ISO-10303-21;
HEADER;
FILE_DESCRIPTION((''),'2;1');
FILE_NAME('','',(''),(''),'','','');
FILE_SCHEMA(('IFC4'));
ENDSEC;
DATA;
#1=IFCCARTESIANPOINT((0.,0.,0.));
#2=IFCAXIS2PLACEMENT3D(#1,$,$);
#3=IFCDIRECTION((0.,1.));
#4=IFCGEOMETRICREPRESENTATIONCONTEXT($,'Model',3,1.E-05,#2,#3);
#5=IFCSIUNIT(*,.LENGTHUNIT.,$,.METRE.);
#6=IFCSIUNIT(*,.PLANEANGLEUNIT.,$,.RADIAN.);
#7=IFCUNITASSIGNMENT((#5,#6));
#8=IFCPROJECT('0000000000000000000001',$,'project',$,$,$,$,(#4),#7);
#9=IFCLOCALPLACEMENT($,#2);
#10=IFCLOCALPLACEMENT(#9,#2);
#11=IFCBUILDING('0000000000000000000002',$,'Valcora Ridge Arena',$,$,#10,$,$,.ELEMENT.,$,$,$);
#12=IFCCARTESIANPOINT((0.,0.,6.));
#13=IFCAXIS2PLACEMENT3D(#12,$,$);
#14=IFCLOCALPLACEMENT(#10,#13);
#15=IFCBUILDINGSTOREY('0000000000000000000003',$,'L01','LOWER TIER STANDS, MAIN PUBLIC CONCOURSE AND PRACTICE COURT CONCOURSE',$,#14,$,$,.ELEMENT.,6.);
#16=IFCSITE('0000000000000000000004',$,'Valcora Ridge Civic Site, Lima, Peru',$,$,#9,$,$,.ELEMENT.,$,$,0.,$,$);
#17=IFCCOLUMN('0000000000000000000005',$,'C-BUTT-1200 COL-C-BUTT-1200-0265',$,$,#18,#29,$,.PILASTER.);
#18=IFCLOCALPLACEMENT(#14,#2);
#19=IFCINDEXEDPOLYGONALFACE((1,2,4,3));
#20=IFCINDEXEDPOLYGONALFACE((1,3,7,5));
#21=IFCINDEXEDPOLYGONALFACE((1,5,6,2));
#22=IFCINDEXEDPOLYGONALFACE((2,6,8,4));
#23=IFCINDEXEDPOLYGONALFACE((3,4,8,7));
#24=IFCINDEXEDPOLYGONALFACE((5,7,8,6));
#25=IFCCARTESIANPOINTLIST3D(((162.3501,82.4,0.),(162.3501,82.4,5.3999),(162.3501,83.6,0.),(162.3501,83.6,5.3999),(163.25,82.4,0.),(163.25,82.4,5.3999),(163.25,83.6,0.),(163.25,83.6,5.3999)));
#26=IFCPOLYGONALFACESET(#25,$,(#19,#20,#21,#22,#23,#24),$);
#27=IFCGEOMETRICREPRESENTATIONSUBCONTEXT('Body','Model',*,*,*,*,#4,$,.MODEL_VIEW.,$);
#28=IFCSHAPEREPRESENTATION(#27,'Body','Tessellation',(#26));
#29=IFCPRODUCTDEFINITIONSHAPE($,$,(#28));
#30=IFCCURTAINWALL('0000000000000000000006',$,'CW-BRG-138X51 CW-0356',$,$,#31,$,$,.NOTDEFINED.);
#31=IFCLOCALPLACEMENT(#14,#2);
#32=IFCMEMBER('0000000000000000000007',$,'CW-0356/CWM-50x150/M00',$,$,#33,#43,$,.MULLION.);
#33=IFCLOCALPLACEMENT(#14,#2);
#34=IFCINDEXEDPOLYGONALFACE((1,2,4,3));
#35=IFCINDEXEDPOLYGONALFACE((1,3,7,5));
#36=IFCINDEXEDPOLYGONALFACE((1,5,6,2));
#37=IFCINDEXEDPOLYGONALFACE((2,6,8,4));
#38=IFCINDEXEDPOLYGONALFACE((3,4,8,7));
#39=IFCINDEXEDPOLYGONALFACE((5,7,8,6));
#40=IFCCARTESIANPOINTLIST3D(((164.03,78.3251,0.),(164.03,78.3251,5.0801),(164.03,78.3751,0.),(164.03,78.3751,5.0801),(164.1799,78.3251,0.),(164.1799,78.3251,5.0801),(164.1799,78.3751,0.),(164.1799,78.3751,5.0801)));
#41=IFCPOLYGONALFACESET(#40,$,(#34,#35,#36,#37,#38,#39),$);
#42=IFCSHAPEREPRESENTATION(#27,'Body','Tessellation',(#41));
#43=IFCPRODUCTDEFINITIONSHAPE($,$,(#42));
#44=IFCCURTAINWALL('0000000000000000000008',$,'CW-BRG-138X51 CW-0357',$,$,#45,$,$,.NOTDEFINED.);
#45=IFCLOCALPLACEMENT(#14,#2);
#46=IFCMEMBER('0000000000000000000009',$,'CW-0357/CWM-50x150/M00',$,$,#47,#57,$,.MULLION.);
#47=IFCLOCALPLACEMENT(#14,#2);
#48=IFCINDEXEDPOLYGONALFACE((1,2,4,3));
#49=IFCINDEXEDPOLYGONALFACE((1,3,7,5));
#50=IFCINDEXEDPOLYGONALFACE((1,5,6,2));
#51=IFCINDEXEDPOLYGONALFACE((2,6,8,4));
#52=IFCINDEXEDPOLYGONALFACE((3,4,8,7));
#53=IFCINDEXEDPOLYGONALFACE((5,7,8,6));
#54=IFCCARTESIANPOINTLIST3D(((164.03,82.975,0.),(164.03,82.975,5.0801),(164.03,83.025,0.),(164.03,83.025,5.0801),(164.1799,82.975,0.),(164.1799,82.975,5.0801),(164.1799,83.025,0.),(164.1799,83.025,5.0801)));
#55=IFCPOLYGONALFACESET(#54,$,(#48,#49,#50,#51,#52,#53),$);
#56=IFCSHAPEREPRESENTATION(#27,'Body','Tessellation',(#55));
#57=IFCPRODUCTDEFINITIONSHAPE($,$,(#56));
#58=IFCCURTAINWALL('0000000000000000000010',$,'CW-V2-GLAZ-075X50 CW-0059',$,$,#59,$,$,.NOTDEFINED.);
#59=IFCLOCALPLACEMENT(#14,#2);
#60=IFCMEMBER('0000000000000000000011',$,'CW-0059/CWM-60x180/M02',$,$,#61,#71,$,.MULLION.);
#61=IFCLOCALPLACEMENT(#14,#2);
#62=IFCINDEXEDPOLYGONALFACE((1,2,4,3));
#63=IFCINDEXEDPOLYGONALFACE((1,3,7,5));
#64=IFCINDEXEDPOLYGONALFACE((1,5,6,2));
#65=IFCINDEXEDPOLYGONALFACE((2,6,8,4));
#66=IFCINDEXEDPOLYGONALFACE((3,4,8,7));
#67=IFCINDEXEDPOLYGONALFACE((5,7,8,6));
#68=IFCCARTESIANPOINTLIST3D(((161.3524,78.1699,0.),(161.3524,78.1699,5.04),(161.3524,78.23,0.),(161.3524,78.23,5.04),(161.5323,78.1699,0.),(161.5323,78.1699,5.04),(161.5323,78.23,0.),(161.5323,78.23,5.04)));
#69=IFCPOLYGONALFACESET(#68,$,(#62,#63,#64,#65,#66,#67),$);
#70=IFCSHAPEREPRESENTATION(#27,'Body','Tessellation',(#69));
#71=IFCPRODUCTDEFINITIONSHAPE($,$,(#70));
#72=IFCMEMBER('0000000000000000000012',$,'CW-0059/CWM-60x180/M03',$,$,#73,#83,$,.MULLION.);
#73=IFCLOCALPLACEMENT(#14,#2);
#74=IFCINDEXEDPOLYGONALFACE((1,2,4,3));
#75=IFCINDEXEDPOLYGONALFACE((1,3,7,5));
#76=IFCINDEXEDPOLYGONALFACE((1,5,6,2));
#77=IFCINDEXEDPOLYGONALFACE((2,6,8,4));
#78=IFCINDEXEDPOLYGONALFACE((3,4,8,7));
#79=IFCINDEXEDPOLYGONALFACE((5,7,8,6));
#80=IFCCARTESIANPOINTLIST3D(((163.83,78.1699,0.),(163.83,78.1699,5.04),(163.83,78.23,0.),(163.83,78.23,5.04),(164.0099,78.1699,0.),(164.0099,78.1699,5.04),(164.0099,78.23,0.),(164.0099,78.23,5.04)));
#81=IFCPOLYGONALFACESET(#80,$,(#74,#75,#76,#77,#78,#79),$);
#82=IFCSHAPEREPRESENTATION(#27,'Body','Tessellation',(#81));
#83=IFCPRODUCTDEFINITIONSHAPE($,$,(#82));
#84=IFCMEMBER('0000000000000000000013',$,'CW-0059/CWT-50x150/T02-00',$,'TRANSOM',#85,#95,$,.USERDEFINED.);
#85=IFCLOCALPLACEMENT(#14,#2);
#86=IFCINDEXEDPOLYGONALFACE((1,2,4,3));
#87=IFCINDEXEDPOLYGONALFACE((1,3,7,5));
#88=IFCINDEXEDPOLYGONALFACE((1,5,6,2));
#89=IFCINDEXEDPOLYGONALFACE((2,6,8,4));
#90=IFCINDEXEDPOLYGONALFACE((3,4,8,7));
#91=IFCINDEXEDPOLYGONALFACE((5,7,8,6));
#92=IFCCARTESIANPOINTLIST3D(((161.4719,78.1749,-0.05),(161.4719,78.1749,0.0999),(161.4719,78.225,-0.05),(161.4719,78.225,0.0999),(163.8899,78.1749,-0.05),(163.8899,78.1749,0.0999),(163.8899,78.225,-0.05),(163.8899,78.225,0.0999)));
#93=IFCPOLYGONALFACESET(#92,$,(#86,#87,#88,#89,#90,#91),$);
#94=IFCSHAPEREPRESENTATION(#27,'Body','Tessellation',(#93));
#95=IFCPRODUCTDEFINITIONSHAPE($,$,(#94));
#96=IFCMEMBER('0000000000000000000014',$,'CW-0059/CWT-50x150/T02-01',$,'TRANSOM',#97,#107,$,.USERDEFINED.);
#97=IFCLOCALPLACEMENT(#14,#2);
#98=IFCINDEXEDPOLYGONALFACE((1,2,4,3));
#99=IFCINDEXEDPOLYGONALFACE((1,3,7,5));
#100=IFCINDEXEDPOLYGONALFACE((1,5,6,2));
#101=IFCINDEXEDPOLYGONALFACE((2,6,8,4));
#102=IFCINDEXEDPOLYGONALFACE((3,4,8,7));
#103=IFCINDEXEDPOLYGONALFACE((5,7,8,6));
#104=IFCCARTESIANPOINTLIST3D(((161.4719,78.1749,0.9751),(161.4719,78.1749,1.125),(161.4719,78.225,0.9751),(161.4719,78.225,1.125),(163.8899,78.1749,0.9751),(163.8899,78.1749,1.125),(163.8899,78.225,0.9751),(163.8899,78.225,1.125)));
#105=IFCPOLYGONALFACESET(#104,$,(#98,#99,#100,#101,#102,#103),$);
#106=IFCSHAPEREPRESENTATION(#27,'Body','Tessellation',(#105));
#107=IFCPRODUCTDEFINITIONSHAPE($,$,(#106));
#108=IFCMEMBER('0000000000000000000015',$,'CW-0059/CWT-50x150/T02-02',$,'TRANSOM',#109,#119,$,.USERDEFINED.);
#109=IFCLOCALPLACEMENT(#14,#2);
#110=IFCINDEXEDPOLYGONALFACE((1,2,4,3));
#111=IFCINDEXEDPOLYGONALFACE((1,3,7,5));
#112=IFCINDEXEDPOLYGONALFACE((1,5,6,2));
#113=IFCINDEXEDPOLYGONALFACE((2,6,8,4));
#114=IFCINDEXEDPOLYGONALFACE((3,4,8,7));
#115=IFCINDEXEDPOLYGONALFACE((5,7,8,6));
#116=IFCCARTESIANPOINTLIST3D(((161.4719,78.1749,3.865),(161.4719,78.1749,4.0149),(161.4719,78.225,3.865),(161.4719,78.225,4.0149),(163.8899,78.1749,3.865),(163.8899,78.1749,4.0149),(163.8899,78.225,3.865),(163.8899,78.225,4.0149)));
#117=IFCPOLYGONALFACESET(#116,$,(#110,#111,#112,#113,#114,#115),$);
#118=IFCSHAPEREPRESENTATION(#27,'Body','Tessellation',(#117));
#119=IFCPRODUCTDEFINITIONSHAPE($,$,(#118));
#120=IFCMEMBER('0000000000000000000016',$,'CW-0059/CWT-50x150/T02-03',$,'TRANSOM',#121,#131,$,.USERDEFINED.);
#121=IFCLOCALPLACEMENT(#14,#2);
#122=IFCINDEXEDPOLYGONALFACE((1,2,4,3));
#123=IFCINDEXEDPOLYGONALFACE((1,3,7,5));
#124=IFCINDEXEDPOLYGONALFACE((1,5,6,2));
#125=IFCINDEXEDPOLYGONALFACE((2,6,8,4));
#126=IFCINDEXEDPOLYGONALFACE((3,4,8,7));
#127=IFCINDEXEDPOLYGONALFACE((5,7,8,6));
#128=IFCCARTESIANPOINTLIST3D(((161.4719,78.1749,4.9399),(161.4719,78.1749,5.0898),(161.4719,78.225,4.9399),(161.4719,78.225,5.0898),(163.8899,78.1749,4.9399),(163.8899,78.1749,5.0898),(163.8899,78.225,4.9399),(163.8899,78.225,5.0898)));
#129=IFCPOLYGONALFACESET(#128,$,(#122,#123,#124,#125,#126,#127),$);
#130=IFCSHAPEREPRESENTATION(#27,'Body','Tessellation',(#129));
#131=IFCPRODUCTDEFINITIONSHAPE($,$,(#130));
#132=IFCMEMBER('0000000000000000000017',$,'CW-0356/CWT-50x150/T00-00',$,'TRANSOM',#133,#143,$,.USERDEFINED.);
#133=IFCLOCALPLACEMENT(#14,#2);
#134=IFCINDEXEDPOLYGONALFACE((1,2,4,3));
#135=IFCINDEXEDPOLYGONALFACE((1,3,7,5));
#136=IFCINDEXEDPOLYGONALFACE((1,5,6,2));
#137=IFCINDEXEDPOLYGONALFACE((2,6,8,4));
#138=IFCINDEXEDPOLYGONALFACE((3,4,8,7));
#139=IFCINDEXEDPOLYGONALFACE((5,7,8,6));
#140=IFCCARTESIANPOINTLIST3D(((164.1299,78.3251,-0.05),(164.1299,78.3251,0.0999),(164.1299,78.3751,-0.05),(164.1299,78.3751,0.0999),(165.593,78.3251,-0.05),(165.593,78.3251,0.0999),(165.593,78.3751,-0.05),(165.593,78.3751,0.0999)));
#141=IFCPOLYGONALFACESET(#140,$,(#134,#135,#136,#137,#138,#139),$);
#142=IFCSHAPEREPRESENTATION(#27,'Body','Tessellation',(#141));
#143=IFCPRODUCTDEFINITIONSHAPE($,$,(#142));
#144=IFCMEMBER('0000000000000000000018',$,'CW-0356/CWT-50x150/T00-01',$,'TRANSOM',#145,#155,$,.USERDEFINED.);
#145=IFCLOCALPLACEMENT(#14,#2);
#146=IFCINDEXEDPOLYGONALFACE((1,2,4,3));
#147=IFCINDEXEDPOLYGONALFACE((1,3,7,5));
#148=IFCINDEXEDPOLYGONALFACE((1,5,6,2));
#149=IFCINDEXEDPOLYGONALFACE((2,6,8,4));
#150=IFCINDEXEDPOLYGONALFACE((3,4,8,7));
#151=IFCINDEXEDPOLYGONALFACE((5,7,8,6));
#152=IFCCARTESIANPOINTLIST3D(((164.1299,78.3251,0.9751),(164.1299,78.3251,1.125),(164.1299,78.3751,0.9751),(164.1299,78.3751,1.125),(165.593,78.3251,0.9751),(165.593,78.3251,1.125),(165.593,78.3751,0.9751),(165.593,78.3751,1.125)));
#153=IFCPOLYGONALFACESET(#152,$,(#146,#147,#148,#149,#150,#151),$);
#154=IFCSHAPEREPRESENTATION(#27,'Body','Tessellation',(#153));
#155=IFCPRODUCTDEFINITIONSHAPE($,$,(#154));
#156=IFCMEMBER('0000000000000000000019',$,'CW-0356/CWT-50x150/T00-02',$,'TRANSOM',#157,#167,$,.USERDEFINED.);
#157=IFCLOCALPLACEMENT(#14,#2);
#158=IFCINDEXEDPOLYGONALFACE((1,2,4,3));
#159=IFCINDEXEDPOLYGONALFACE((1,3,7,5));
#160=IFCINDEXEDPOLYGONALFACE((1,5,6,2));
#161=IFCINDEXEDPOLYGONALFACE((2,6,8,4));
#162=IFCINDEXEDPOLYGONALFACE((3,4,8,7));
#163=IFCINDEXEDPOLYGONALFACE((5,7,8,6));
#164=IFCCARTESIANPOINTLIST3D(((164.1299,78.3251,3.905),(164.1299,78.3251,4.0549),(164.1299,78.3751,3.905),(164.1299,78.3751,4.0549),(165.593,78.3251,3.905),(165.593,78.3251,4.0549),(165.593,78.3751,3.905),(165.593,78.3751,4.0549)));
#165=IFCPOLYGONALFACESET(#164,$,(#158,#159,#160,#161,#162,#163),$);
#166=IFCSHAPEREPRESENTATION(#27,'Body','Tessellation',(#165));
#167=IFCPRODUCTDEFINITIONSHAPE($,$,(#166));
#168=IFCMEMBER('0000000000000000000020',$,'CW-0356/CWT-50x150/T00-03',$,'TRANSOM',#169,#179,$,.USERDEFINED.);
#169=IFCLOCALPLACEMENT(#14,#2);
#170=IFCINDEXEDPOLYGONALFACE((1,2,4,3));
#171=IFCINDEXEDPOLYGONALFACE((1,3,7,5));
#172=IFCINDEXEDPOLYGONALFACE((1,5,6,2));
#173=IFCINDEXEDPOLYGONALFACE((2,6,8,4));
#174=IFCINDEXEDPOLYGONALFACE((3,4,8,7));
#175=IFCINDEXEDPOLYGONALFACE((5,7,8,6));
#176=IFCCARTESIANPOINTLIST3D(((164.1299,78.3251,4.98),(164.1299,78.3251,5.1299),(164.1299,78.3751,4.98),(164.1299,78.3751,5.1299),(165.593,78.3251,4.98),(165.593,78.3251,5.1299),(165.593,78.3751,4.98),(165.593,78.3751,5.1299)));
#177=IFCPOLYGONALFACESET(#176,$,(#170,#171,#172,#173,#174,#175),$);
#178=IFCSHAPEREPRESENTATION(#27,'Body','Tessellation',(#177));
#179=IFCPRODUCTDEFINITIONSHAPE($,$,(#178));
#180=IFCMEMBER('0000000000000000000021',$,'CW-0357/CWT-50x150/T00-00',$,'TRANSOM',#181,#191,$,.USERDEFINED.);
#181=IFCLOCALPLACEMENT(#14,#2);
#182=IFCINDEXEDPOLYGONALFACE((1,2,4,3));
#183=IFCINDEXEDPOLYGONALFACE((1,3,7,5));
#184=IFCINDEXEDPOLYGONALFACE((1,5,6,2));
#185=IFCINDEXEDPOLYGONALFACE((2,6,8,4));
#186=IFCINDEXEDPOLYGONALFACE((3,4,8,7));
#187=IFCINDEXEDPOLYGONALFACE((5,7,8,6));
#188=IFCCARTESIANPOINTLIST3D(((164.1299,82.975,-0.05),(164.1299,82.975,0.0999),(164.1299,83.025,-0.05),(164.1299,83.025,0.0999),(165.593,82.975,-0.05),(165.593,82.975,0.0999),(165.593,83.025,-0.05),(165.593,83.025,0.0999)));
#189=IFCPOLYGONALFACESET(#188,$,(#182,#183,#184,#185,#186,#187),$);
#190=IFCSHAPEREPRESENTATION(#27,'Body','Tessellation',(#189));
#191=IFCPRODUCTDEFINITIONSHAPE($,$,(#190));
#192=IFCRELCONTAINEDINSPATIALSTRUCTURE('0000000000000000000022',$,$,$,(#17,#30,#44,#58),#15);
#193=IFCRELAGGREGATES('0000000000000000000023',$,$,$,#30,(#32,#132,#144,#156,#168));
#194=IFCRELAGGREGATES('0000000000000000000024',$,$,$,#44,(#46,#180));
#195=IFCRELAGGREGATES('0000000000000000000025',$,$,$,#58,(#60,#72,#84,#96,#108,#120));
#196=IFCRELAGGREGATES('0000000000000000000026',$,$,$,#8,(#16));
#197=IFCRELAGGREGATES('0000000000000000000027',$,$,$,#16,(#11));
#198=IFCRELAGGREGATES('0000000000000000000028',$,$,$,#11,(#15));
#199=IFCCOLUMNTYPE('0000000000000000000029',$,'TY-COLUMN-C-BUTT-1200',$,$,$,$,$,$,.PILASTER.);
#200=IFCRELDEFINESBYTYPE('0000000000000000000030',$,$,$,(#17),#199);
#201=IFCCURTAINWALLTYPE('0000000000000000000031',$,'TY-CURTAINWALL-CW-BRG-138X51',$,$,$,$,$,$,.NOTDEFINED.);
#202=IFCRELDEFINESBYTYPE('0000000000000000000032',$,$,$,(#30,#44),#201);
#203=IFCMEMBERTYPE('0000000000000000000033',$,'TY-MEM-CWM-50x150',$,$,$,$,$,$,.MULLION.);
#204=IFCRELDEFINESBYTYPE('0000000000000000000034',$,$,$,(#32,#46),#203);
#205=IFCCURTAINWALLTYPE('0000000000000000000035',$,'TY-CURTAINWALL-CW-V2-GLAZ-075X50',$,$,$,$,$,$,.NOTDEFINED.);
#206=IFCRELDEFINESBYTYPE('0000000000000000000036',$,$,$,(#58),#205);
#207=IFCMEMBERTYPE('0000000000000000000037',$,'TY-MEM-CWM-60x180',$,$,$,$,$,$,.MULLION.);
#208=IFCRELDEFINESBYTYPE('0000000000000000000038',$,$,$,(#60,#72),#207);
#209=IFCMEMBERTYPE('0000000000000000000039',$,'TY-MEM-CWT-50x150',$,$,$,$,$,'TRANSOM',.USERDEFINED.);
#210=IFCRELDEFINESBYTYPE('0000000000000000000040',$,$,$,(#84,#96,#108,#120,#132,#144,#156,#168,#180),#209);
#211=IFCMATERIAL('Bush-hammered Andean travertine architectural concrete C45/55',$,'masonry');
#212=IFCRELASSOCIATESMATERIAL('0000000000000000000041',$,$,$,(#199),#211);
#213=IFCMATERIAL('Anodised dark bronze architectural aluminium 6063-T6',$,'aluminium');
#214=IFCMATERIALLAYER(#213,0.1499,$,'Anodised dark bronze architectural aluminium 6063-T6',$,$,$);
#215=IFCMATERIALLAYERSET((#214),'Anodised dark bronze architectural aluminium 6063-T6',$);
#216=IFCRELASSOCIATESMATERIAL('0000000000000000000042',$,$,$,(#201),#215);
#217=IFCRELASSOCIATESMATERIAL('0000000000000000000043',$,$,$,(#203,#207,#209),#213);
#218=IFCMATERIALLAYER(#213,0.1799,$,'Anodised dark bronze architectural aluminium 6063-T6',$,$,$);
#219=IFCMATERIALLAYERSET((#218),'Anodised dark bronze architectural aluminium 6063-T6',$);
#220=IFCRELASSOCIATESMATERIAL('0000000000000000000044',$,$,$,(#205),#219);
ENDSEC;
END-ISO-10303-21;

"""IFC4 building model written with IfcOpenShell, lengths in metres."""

from ifc_helpers import new_model, si_unit, direction, frame, origin, origin_2d, place, context, subcontext, project, spatial, rectangle, extrude, material, layer, layer_set, material_profile, profile_set, type_object, element, aggregate, save


model = new_model("IFC4")

# Units and contexts
model_context = context("Model", 3, precision=1e-05, world=origin(), true_north=direction((0.0, 1.0)))
body_context = subcontext(model_context, "Body", "Model", "MODEL_VIEW")
ifc_project = project(units=[si_unit("LENGTHUNIT", "METRE"), si_unit("PLANEANGLEUNIT", "RADIAN")], contexts=[model_context])

# Site, building, storey
site_placement = place(None, origin())
site = spatial("IfcSite", under=ifc_project, at=site_placement, Name="Valcora Ridge Civic Site, Lima, Peru", CompositionType="ELEMENT", RefElevation=0.0)
building_placement = place(site_placement, origin())
building = spatial("IfcBuilding", under=site, at=building_placement, Name="Valcora Ridge Arena", CompositionType="ELEMENT")
storey_placement = place(building_placement, frame((0.0, 0.0, 6.0)))
storey = spatial("IfcBuildingStorey", under=building, at=storey_placement, Name="L01", Description="LOWER TIER STANDS, MAIN PUBLIC CONCOURSE AND PRACTICE COURT CONCOURSE", CompositionType="ELEMENT", Elevation=6.0)

# Column
ifc_material_1 = material(Name="Bush-hammered Andean travertine architectural concrete C45/55", Category="masonry")
ifc_material_profile_1 = material_profile(ifc_material_1, rectangle(XDim=0.8999, YDim=1.2, at=origin_2d()), Name="RC 900x1200")
ifc_profile_set_1 = profile_set([ifc_material_profile_1], Name="Bush-hammered Andean travertine architectural concrete C45/55")
column_type = type_object("IfcColumnType", Name="TY-COLUMN-C-BUTT-1200", PredefinedType="PILASTER", material=ifc_profile_set_1)
column_placement = place(storey_placement, frame((162.8, 83.0, 0.0), z_axis=(0.0, 0.0, 1.0), x_axis=(1.0, 0.0, 0.0)))
element("IfcColumn", 1, at=column_placement, inside=storey, type_object=column_type, Name="C-BUTT-1200 COL-C-BUTT-1200-0265", PredefinedType="PILASTER", context=body_context, shape_type="SweptSolid", body=[
    extrude(rectangle(XDim=0.8999, YDim=1.2, at=origin_2d()), origin(), (0.0, 0.0, 1.0), 5.3999),
])

# Curtain walls, members
ifc_material_2 = material(Name="Anodised dark bronze architectural aluminium 6063-T6", Category="aluminium")
ifc_layer_1 = layer(ifc_material_2, 0.1499, Name="Anodised dark bronze architectural aluminium 6063-T6")
ifc_layer_set_1 = layer_set([ifc_layer_1], Name="Anodised dark bronze architectural aluminium 6063-T6")
curtain_wall_type_1 = type_object("IfcCurtainWallType", Name="TY-CURTAINWALL-CW-BRG-138X51", PredefinedType="NOTDEFINED", material=ifc_layer_set_1)
curtain_wall_1_placement = place(storey_placement, origin())
curtain_wall_1 = element("IfcCurtainWall", 2, at=curtain_wall_1_placement, inside=storey, type_object=curtain_wall_type_1, Name="CW-BRG-138X51 CW-0356", PredefinedType="NOTDEFINED")
ifc_material_profile_2 = material_profile(ifc_material_2, rectangle(XDim=0.05, YDim=0.1499, at=origin_2d()), Name="ALU MULLION 50x150")
ifc_profile_set_2 = profile_set([ifc_material_profile_2], Name="Anodised dark bronze architectural aluminium 6063-T6")
member_type_1 = type_object("IfcMemberType", Name="TY-MEM-CWM-50x150", PredefinedType="MULLION", material=ifc_profile_set_2)
member_1_placement = place(storey_placement, frame((164.105, 78.3501, 0.0), z_axis=(0.0, 0.0, 1.0), x_axis=(0.0, 1.0, 0.0)))
member_1 = element("IfcMember", 3, at=member_1_placement, type_object=member_type_1, Name="CW-0356/CWM-50x150/M00", PredefinedType="MULLION", context=body_context, shape_type="SweptSolid", body=[
    extrude(rectangle(XDim=0.05, YDim=0.1499, at=origin_2d()), origin(), (0.0, 0.0, 1.0), 5.0801),
])
curtain_wall_2_placement = place(storey_placement, origin())
curtain_wall_2 = element("IfcCurtainWall", 4, at=curtain_wall_2_placement, inside=storey, type_object=curtain_wall_type_1, Name="CW-BRG-138X51 CW-0357", PredefinedType="NOTDEFINED")
member_2_placement = place(storey_placement, frame((164.105, 83.0, 0.0), z_axis=(0.0, 0.0, 1.0), x_axis=(0.0, 1.0, 0.0)))
member_2 = element("IfcMember", 5, at=member_2_placement, type_object=member_type_1, Name="CW-0357/CWM-50x150/M00", PredefinedType="MULLION", context=body_context, shape_type="SweptSolid", body=[
    extrude(rectangle(XDim=0.05, YDim=0.1499, at=origin_2d()), origin(), (0.0, 0.0, 1.0), 5.0801),
])

# Curtain wall, members
ifc_layer_2 = layer(ifc_material_2, 0.1799, Name="Anodised dark bronze architectural aluminium 6063-T6")
ifc_layer_set_2 = layer_set([ifc_layer_2], Name="Anodised dark bronze architectural aluminium 6063-T6")
curtain_wall_type_2 = type_object("IfcCurtainWallType", Name="TY-CURTAINWALL-CW-V2-GLAZ-075X50", PredefinedType="NOTDEFINED", material=ifc_layer_set_2)
curtain_wall_3_placement = place(storey_placement, origin())
curtain_wall_3 = element("IfcCurtainWall", 6, at=curtain_wall_3_placement, inside=storey, type_object=curtain_wall_type_2, Name="CW-V2-GLAZ-075X50 CW-0059", PredefinedType="NOTDEFINED")
ifc_material_profile_3 = material_profile(ifc_material_2, rectangle(XDim=0.0601, YDim=0.1799, at=origin_2d()), Name="ALU MULLION 60x180")
ifc_profile_set_3 = profile_set([ifc_material_profile_3], Name="Anodised dark bronze architectural aluminium 6063-T6")
member_type_2 = type_object("IfcMemberType", Name="TY-MEM-CWM-60x180", PredefinedType="MULLION", material=ifc_profile_set_3)
member_3_placement = place(storey_placement, frame((161.4424, 78.2, 0.0), z_axis=(0.0, 0.0, 1.0), x_axis=(0.0, 1.0, 0.0)))
member_3 = element("IfcMember", 7, at=member_3_placement, type_object=member_type_2, Name="CW-0059/CWM-60x180/M02", PredefinedType="MULLION", context=body_context, shape_type="SweptSolid", body=[
    extrude(rectangle(XDim=0.0601, YDim=0.1799, at=origin_2d()), origin(), (0.0, 0.0, 1.0), 5.04),
])
member_4_placement = place(storey_placement, frame((163.9199, 78.2, 0.0), z_axis=(0.0, 0.0, 1.0), x_axis=(0.0, 1.0, 0.0)))
member_4 = element("IfcMember", 8, at=member_4_placement, type_object=member_type_2, Name="CW-0059/CWM-60x180/M03", PredefinedType="MULLION", context=body_context, shape_type="SweptSolid", body=[
    extrude(rectangle(XDim=0.0601, YDim=0.1799, at=origin_2d()), origin(), (0.0, 0.0, 1.0), 5.04),
])
ifc_material_profile_4 = material_profile(ifc_material_2, rectangle(XDim=0.05, YDim=0.1499, at=origin_2d()), Name="ALU TRANSOM 50x150")
ifc_profile_set_4 = profile_set([ifc_material_profile_4], Name="Anodised dark bronze architectural aluminium 6063-T6")
member_type_3 = type_object("IfcMemberType", Name="TY-MEM-CWT-50x150", ElementType="TRANSOM", PredefinedType="USERDEFINED", material=ifc_profile_set_4)
member_5_placement = place(storey_placement, frame((161.4719, 78.2, 0.0249), z_axis=(1.0, 0.0, 0.0), x_axis=(0.0, 1.0, 0.0)))
member_5 = element("IfcMember", 9, at=member_5_placement, type_object=member_type_3, Name="CW-0059/CWT-50x150/T02-00", ObjectType="TRANSOM", PredefinedType="USERDEFINED", context=body_context, shape_type="SweptSolid", body=[
    extrude(rectangle(XDim=0.05, YDim=0.1499, at=origin_2d()), origin(), (0.0, 0.0, 1.0), 2.418),
])
member_6_placement = place(storey_placement, frame((161.4719, 78.2, 1.05), z_axis=(1.0, 0.0, 0.0), x_axis=(0.0, 1.0, 0.0)))
member_6 = element("IfcMember", 10, at=member_6_placement, type_object=member_type_3, Name="CW-0059/CWT-50x150/T02-01", ObjectType="TRANSOM", PredefinedType="USERDEFINED", context=body_context, shape_type="SweptSolid", body=[
    extrude(rectangle(XDim=0.05, YDim=0.1499, at=origin_2d()), origin(), (0.0, 0.0, 1.0), 2.418),
])
member_7_placement = place(storey_placement, frame((161.4719, 78.2, 3.9399), z_axis=(1.0, 0.0, 0.0), x_axis=(0.0, 1.0, 0.0)))
member_7 = element("IfcMember", 11, at=member_7_placement, type_object=member_type_3, Name="CW-0059/CWT-50x150/T02-02", ObjectType="TRANSOM", PredefinedType="USERDEFINED", context=body_context, shape_type="SweptSolid", body=[
    extrude(rectangle(XDim=0.05, YDim=0.1499, at=origin_2d()), origin(), (0.0, 0.0, 1.0), 2.418),
])
member_8_placement = place(storey_placement, frame((161.4719, 78.2, 5.0149), z_axis=(1.0, 0.0, 0.0), x_axis=(0.0, 1.0, 0.0)))
member_8 = element("IfcMember", 12, at=member_8_placement, type_object=member_type_3, Name="CW-0059/CWT-50x150/T02-03", ObjectType="TRANSOM", PredefinedType="USERDEFINED", context=body_context, shape_type="SweptSolid", body=[
    extrude(rectangle(XDim=0.05, YDim=0.1499, at=origin_2d()), origin(), (0.0, 0.0, 1.0), 2.418),
])

# Members
member_9_placement = place(storey_placement, frame((164.1299, 78.3501, 0.0249), z_axis=(1.0, 0.0, 0.0), x_axis=(0.0, 1.0, 0.0)))
member_9 = element("IfcMember", 13, at=member_9_placement, type_object=member_type_3, Name="CW-0356/CWT-50x150/T00-00", ObjectType="TRANSOM", PredefinedType="USERDEFINED", context=body_context, shape_type="SweptSolid", body=[
    extrude(rectangle(XDim=0.05, YDim=0.1499, at=origin_2d()), origin(), (0.0, 0.0, 1.0), 1.4631),
])
member_10_placement = place(storey_placement, frame((164.1299, 78.3501, 1.05), z_axis=(1.0, 0.0, 0.0), x_axis=(0.0, 1.0, 0.0)))
member_10 = element("IfcMember", 14, at=member_10_placement, type_object=member_type_3, Name="CW-0356/CWT-50x150/T00-01", ObjectType="TRANSOM", PredefinedType="USERDEFINED", context=body_context, shape_type="SweptSolid", body=[
    extrude(rectangle(XDim=0.05, YDim=0.1499, at=origin_2d()), origin(), (0.0, 0.0, 1.0), 1.4631),
])
member_11_placement = place(storey_placement, frame((164.1299, 78.3501, 3.98), z_axis=(1.0, 0.0, 0.0), x_axis=(0.0, 1.0, 0.0)))
member_11 = element("IfcMember", 15, at=member_11_placement, type_object=member_type_3, Name="CW-0356/CWT-50x150/T00-02", ObjectType="TRANSOM", PredefinedType="USERDEFINED", context=body_context, shape_type="SweptSolid", body=[
    extrude(rectangle(XDim=0.05, YDim=0.1499, at=origin_2d()), origin(), (0.0, 0.0, 1.0), 1.4631),
])
member_12_placement = place(storey_placement, frame((164.1299, 78.3501, 5.0549), z_axis=(1.0, 0.0, 0.0), x_axis=(0.0, 1.0, 0.0)))
member_12 = element("IfcMember", 16, at=member_12_placement, type_object=member_type_3, Name="CW-0356/CWT-50x150/T00-03", ObjectType="TRANSOM", PredefinedType="USERDEFINED", context=body_context, shape_type="SweptSolid", body=[
    extrude(rectangle(XDim=0.05, YDim=0.1499, at=origin_2d()), origin(), (0.0, 0.0, 1.0), 1.4631),
])
aggregate(curtain_wall_1, [member_1, member_9, member_10, member_11, member_12])
member_13_placement = place(storey_placement, frame((164.1299, 83.0, 0.0249), z_axis=(1.0, 0.0, 0.0), x_axis=(0.0, 1.0, 0.0)))
member_13 = element("IfcMember", 17, at=member_13_placement, type_object=member_type_3, Name="CW-0357/CWT-50x150/T00-00", ObjectType="TRANSOM", PredefinedType="USERDEFINED", context=body_context, shape_type="SweptSolid", body=[
    extrude(rectangle(XDim=0.05, YDim=0.1499, at=origin_2d()), origin(), (0.0, 0.0, 1.0), 1.4631),
])
aggregate(curtain_wall_2, [member_2, member_13])

aggregate(curtain_wall_3, [member_3, member_4, member_5, member_6, member_7, member_8])

save(model, "model.ifc")
